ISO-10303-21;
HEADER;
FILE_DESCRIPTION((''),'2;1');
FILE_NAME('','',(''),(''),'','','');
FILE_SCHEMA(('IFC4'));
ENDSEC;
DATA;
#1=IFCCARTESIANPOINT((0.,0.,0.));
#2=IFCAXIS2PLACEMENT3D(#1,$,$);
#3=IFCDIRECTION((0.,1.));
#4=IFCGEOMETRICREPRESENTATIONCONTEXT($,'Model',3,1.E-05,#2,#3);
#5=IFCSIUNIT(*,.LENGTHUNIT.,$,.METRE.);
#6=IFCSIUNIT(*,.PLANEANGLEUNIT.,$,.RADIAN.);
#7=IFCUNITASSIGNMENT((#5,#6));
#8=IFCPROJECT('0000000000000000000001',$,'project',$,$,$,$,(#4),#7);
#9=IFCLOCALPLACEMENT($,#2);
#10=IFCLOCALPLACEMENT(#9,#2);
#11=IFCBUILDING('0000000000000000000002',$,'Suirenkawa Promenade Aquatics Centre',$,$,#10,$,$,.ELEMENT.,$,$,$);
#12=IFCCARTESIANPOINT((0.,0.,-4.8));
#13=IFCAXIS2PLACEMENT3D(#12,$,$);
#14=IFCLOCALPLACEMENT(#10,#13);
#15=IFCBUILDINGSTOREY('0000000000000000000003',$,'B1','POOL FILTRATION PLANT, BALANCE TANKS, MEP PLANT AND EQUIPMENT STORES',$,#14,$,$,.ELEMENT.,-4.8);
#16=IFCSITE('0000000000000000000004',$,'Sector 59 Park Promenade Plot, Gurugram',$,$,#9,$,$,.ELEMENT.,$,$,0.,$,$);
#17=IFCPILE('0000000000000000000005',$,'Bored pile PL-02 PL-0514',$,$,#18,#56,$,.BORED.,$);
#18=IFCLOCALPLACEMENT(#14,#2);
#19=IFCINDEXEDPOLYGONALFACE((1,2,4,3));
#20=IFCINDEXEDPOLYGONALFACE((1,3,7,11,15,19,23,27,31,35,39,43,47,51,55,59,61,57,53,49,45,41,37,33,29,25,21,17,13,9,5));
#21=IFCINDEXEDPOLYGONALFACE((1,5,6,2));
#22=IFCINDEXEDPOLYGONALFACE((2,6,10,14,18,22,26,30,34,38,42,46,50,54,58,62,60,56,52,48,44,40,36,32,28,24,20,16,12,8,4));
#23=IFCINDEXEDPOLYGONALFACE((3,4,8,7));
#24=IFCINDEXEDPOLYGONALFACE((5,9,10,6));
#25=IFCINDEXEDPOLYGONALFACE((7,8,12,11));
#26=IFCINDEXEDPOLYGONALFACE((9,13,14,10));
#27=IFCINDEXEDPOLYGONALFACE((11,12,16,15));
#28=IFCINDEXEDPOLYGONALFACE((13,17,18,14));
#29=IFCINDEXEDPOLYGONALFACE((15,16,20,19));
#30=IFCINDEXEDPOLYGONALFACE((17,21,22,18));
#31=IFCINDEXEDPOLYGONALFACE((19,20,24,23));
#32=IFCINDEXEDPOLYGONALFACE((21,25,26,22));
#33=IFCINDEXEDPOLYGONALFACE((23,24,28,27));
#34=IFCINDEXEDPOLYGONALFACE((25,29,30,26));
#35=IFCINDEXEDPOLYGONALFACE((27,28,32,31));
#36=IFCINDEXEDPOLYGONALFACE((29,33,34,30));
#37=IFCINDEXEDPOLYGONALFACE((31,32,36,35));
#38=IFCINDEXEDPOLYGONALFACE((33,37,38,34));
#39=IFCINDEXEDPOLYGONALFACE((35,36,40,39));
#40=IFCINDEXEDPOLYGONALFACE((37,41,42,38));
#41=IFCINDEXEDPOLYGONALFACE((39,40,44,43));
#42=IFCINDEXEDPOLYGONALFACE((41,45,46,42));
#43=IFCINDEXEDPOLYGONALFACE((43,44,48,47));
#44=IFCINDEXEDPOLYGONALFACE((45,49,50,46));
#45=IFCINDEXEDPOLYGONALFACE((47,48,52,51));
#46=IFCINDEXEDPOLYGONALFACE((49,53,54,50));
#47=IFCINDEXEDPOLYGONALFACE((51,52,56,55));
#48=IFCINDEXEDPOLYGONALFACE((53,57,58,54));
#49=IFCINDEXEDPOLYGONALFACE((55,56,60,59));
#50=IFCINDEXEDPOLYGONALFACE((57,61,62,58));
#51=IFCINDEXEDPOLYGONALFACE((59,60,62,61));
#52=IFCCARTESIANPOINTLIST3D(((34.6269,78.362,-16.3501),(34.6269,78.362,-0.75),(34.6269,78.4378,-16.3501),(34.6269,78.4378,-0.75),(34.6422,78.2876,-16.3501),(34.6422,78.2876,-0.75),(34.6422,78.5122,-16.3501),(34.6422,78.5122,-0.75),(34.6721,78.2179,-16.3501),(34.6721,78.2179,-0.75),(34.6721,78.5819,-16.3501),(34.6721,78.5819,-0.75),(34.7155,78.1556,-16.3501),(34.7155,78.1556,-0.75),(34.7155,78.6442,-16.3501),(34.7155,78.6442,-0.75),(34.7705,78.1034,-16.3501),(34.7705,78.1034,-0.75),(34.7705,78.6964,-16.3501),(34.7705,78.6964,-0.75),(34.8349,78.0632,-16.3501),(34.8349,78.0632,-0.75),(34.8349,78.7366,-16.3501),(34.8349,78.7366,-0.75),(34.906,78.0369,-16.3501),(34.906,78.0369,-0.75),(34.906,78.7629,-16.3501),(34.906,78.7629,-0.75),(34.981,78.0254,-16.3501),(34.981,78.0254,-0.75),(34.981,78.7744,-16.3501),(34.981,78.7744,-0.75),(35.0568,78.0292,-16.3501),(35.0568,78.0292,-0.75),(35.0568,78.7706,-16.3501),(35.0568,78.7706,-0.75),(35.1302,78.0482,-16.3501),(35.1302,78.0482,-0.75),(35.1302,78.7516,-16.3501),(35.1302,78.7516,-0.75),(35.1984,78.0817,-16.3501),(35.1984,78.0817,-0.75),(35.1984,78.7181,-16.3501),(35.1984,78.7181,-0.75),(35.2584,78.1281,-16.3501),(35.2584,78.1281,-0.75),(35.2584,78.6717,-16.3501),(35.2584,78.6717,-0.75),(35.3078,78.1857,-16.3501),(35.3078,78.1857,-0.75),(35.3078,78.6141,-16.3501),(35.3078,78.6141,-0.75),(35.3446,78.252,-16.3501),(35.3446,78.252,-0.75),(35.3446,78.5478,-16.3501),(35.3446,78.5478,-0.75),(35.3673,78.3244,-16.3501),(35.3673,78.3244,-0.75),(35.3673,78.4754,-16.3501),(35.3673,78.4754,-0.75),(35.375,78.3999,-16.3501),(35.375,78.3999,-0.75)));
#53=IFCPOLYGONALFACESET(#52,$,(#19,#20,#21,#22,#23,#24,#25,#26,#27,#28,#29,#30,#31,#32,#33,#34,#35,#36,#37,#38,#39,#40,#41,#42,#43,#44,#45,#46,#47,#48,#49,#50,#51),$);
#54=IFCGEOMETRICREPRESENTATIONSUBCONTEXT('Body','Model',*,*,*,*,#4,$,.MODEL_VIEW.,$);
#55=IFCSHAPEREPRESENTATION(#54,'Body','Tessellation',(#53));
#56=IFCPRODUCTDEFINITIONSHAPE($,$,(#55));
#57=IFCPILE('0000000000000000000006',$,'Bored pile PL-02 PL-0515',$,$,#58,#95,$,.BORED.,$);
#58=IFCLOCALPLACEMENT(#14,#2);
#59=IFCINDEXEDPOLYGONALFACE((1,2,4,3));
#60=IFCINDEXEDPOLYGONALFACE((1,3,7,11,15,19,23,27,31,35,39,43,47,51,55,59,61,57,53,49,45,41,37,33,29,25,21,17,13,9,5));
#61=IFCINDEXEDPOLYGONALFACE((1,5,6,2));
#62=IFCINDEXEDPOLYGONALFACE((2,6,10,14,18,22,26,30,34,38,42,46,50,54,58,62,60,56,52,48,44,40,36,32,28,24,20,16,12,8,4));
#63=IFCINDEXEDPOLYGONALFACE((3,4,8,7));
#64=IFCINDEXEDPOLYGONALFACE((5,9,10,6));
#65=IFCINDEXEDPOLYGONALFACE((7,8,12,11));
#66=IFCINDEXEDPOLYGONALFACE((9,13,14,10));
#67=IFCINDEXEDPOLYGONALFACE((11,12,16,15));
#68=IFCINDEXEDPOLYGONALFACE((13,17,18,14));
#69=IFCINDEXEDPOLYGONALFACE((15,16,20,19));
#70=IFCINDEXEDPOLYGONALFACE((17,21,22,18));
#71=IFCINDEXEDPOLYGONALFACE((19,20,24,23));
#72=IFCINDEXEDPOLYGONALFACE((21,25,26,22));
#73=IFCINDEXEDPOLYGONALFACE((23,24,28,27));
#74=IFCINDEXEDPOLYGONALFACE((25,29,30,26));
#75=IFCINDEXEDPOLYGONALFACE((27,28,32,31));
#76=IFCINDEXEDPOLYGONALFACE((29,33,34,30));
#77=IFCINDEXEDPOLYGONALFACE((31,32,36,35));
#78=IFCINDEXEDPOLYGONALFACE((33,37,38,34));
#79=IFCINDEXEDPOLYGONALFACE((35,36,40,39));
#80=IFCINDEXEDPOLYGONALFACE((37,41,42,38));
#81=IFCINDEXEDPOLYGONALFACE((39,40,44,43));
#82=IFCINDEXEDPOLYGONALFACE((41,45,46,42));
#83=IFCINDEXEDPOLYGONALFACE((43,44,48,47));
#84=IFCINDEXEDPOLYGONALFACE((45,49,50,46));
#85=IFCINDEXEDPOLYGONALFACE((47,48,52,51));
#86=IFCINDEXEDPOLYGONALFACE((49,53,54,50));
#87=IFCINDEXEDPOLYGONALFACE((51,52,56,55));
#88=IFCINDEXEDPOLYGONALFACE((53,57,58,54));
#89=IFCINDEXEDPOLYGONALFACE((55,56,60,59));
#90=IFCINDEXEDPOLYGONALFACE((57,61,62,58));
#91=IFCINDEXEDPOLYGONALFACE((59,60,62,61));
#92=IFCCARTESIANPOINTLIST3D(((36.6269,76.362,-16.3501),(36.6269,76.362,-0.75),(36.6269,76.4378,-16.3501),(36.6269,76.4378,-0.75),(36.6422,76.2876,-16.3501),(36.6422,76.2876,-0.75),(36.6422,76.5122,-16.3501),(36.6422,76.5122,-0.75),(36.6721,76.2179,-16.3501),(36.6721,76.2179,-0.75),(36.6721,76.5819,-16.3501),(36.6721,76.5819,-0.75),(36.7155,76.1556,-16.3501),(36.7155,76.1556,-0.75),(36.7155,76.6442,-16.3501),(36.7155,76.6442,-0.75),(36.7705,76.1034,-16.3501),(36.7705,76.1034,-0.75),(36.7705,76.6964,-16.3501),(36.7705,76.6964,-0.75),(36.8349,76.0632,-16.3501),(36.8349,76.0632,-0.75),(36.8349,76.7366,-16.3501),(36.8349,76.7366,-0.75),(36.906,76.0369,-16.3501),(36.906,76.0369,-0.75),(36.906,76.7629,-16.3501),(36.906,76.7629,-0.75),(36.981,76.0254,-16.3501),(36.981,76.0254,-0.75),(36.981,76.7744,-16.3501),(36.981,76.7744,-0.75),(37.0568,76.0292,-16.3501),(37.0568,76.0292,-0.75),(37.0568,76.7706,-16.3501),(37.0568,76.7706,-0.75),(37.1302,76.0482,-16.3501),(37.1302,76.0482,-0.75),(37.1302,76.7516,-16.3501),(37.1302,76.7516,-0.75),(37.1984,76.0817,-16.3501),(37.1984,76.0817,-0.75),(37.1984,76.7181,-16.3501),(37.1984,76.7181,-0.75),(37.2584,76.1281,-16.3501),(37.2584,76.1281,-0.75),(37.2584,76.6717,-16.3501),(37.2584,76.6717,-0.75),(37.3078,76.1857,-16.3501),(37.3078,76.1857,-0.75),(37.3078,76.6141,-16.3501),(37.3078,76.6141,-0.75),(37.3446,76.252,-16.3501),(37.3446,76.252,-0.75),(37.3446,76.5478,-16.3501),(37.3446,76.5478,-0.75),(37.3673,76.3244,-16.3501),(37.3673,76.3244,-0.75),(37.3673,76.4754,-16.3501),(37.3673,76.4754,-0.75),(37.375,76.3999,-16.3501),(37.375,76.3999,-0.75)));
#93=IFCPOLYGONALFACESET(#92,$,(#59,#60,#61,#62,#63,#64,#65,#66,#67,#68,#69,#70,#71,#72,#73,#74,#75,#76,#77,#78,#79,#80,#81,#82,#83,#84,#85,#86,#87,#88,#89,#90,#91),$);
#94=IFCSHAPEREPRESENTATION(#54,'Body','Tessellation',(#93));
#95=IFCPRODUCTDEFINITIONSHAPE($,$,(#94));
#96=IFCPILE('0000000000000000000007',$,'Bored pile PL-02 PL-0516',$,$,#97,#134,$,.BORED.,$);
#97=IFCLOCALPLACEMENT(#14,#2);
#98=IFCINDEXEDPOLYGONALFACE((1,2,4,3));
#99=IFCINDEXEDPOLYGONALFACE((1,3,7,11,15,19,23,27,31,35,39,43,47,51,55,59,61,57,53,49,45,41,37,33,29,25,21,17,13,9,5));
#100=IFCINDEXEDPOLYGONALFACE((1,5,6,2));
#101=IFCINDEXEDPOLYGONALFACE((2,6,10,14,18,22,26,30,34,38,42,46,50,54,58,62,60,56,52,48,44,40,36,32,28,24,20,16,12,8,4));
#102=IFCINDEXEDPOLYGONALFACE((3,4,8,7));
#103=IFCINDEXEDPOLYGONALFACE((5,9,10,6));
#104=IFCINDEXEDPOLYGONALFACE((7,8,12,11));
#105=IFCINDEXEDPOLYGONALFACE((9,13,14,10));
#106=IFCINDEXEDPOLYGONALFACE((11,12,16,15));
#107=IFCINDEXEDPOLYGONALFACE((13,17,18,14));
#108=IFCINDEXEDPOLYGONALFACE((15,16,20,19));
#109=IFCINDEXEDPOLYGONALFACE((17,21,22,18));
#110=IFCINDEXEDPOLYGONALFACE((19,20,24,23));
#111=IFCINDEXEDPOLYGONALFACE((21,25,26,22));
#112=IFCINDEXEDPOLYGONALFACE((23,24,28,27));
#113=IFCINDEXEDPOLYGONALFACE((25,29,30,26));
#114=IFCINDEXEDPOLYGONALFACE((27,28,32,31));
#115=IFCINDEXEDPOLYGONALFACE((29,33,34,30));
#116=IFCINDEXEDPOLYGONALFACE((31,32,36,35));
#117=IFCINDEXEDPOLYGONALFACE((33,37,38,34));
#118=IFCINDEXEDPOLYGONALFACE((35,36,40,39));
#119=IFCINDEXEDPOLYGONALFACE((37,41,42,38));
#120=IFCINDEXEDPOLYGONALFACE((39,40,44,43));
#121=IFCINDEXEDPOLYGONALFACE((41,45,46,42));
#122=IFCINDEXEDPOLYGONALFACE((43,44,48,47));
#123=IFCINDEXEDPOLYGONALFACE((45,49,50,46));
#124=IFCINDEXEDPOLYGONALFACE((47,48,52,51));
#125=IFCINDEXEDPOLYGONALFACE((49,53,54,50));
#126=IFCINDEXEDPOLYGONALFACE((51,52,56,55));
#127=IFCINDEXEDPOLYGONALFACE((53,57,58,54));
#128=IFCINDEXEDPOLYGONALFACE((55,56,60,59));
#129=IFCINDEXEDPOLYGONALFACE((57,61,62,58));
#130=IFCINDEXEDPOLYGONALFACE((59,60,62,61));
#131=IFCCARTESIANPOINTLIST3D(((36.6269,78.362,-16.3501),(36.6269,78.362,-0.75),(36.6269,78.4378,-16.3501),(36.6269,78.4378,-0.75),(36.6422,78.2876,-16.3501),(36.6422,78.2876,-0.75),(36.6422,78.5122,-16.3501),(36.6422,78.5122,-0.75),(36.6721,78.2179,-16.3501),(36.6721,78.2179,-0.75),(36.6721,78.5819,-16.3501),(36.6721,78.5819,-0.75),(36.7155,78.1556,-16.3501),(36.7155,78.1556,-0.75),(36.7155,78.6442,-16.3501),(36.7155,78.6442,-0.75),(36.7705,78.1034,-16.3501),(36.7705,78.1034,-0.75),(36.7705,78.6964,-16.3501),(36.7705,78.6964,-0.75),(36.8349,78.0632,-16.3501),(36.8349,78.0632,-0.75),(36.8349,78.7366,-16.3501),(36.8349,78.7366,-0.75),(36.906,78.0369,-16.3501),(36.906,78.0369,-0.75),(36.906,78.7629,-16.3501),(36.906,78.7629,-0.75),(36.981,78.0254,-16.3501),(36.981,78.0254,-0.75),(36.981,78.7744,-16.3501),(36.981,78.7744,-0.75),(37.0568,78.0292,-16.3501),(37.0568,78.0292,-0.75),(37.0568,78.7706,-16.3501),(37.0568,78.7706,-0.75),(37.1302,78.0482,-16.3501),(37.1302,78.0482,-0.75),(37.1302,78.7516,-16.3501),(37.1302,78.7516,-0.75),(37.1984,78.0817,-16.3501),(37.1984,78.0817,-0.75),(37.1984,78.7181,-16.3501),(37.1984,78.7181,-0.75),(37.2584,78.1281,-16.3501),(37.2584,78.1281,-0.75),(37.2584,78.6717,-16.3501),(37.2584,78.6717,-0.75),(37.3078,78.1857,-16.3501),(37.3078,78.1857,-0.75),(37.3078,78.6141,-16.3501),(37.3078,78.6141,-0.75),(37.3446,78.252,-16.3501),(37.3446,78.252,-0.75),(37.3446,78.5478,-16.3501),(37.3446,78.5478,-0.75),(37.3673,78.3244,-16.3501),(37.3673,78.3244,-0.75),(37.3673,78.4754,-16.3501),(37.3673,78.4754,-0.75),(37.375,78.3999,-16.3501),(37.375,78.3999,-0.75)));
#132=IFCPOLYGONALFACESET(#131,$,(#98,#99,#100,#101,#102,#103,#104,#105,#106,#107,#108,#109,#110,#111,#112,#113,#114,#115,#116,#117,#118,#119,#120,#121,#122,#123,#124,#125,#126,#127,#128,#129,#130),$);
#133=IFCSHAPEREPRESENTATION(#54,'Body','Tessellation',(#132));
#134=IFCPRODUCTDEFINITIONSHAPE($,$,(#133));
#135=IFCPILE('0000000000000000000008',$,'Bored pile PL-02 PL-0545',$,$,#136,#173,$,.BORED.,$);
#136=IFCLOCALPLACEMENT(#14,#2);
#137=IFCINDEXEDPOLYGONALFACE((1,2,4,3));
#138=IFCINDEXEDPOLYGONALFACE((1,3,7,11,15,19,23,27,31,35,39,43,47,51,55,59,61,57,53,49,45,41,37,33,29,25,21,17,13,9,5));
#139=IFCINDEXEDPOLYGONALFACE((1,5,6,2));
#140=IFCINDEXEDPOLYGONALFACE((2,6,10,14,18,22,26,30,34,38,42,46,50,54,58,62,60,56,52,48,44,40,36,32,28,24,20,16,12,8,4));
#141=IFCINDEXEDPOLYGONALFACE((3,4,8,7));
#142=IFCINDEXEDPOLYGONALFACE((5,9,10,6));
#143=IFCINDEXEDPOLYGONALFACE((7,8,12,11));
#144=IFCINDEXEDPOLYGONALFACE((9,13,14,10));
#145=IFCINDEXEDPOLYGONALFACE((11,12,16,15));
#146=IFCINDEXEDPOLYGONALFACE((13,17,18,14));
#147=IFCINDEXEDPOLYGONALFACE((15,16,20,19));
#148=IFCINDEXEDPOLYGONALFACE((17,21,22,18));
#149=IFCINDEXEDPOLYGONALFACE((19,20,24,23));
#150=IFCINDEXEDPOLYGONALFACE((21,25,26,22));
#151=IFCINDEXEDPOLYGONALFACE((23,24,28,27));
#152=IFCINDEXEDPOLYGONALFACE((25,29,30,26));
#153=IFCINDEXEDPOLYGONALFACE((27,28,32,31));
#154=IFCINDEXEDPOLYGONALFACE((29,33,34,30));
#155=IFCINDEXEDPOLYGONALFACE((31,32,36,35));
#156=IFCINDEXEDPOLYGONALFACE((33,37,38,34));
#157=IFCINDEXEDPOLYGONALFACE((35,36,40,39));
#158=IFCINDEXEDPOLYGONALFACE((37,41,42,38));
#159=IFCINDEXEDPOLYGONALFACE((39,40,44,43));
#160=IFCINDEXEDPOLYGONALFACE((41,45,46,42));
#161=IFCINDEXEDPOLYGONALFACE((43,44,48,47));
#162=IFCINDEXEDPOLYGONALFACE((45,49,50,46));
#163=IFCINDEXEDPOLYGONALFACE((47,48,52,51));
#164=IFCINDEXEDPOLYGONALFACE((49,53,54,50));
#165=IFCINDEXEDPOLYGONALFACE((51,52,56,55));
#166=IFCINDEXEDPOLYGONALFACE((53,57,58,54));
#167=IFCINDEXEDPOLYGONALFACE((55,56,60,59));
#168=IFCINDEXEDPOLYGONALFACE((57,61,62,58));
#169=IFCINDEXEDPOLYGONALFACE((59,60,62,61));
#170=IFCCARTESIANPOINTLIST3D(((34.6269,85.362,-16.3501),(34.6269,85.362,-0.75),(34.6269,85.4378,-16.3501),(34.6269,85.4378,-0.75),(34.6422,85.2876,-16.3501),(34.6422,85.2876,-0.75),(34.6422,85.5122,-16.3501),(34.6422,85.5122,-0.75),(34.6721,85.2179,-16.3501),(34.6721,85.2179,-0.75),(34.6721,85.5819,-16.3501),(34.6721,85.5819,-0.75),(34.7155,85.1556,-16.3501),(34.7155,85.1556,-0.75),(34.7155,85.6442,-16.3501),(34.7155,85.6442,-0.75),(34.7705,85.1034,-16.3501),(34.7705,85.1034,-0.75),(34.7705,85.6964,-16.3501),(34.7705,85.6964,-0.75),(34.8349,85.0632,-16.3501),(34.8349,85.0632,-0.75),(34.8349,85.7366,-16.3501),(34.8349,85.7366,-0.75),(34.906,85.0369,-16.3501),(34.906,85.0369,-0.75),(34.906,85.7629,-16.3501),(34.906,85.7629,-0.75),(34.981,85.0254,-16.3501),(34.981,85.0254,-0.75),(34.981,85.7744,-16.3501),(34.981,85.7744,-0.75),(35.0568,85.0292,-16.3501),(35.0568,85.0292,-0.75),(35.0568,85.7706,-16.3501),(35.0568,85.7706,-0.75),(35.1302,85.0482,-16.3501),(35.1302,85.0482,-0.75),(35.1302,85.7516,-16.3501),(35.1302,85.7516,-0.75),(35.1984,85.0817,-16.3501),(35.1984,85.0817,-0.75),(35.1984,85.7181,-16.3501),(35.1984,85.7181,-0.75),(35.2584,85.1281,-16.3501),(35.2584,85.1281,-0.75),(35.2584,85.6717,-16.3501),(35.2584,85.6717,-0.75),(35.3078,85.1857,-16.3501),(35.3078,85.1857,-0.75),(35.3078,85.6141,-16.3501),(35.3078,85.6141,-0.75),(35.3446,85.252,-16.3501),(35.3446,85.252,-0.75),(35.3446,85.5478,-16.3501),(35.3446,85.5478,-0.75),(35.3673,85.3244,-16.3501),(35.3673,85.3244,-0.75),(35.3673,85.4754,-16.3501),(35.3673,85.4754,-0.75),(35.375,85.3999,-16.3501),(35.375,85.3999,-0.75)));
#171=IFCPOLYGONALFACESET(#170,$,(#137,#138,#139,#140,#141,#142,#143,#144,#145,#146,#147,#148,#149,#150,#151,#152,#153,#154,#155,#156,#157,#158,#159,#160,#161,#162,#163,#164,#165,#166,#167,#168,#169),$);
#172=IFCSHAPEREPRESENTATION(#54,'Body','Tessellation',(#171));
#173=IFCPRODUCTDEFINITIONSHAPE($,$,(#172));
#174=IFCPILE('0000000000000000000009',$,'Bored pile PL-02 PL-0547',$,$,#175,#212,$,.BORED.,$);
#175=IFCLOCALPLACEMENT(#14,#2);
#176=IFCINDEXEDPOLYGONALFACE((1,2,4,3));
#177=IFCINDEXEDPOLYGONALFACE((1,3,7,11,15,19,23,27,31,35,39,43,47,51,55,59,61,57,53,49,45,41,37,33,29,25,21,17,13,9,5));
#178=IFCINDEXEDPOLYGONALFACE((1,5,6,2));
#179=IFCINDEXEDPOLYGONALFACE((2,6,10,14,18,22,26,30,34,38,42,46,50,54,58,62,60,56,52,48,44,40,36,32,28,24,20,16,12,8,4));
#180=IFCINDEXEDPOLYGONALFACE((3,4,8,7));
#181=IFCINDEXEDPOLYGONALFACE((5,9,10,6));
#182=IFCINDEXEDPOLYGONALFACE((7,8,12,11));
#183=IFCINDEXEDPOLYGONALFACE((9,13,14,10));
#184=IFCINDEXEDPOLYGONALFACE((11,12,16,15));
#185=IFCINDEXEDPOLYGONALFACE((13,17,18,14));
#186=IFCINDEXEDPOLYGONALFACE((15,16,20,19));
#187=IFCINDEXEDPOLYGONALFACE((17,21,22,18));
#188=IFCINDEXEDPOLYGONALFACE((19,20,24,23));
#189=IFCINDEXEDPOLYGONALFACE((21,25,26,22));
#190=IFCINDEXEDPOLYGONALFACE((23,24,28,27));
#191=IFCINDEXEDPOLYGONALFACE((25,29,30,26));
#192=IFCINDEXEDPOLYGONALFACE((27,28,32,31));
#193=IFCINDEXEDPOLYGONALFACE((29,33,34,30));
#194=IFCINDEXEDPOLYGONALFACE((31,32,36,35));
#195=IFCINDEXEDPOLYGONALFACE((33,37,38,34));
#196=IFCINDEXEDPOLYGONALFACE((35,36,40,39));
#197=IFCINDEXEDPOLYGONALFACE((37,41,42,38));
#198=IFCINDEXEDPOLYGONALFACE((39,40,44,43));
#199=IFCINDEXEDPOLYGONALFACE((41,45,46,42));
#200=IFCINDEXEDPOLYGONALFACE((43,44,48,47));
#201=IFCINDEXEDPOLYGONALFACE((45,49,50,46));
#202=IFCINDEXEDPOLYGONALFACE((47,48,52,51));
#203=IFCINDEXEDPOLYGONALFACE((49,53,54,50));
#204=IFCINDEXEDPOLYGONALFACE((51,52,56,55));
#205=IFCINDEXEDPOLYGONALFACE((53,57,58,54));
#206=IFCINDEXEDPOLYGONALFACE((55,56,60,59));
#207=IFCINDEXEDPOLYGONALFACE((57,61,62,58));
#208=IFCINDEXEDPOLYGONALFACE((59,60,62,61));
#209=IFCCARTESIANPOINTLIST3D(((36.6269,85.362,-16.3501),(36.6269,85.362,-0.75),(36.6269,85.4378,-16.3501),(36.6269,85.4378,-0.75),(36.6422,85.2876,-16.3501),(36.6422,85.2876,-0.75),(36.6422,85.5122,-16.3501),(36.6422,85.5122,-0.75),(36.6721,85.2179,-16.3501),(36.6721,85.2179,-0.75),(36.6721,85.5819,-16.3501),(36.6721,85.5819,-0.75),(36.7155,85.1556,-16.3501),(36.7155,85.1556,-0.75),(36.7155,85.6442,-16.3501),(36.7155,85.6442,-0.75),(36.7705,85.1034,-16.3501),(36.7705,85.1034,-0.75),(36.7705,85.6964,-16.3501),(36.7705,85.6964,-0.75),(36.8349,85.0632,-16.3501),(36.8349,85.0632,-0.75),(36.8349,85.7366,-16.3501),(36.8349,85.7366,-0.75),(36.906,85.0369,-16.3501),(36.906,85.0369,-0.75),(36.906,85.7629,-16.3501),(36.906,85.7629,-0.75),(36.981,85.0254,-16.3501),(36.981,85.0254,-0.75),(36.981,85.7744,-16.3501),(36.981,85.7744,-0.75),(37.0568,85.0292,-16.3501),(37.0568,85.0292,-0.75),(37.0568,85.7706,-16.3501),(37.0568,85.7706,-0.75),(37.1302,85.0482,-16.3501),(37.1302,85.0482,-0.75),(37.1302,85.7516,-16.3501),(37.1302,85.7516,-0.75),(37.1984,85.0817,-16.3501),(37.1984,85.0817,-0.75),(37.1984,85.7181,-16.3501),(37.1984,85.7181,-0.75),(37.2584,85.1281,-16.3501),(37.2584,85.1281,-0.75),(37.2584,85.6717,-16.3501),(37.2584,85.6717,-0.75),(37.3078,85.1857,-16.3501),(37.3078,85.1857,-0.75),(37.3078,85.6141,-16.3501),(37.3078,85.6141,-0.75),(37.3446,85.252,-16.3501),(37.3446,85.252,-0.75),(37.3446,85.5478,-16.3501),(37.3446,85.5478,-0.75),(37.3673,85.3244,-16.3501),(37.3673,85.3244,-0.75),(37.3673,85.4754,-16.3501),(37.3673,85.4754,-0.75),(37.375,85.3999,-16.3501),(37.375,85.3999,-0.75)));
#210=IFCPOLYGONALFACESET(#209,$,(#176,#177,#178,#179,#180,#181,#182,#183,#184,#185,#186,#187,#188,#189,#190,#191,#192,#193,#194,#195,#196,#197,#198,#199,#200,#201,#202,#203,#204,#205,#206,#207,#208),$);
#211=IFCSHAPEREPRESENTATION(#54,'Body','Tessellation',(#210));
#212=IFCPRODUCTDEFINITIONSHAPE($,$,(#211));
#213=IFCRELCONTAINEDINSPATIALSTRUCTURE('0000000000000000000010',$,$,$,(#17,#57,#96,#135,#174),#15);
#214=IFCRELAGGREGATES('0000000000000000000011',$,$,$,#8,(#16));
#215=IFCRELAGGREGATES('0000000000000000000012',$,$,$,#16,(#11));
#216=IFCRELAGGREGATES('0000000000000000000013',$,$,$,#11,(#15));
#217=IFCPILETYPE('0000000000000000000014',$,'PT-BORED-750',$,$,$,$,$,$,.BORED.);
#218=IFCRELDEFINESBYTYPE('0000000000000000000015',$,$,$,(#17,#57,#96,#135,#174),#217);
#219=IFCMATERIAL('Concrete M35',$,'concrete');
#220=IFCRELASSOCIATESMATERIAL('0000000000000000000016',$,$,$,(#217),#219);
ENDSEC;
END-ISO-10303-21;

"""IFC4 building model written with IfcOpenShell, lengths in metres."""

from ifc_helpers import new_model, si_unit, direction, frame, origin, origin_2d, place, context, subcontext, project, spatial, circle, extrude, material, material_profile, profile_set, type_object, element, save


model = new_model("IFC4")

# Units and contexts
model_context = context("Model", 3, precision=1e-05, world=origin(), true_north=direction((0.0, 1.0)))
body_context = subcontext(model_context, "Body", "Model", "MODEL_VIEW")
ifc_project = project(units=[si_unit("LENGTHUNIT", "METRE"), si_unit("PLANEANGLEUNIT", "RADIAN")], contexts=[model_context])

# Site, building, storey
site_placement = place(None, origin())
site = spatial("IfcSite", under=ifc_project, at=site_placement, Name="Sector 59 Park Promenade Plot, Gurugram", CompositionType="ELEMENT", RefElevation=0.0)
building_placement = place(site_placement, origin())
building = spatial("IfcBuilding", under=site, at=building_placement, Name="Suirenkawa Promenade Aquatics Centre", CompositionType="ELEMENT")
storey_placement = place(building_placement, frame((0.0, 0.0, -4.8)))
storey = spatial("IfcBuildingStorey", under=building, at=storey_placement, Name="B1", Description="POOL FILTRATION PLANT, BALANCE TANKS, MEP PLANT AND EQUIPMENT STORES", CompositionType="ELEMENT", Elevation=-4.8)

# Shared definitions
ifc_material_1 = material(Name="Concrete M35", Category="concrete")

# Piles
ifc_material_profile_1 = material_profile(ifc_material_1, circle(Radius=0.375, at=origin_2d()), Name="PILE D750", Category="concrete")
ifc_profile_set_1 = profile_set([ifc_material_profile_1], Name="Concrete M35")
pile_type_1 = type_object("IfcPileType", Name="PT-BORED-750", PredefinedType="BORED", material=ifc_profile_set_1)
for number, where, z_axis, x_axis, name in (
    (1, (35.0, 78.3999, -0.75), (0.0, 0.0, -1.0), (1.0, 0.0, 0.0), "Bored pile PL-02 PL-0514"),
    (2, (37.0, 76.3999, -0.75), (0.0, 0.0, -1.0), (1.0, 0.0, 0.0), "Bored pile PL-02 PL-0515"),
    (3, (37.0, 78.3999, -0.75), (0.0, 0.0, -1.0), (1.0, 0.0, 0.0), "Bored pile PL-02 PL-0516"),
    (4, (35.0, 85.3999, -0.75), (0.0, 0.0, -1.0), (1.0, 0.0, 0.0), "Bored pile PL-02 PL-0545"),
    (5, (37.0, 85.3999, -0.75), (0.0, 0.0, -1.0), (1.0, 0.0, 0.0), "Bored pile PL-02 PL-0547"),
):
    element("IfcPile", number, at=place(storey_placement, frame(where, z_axis=z_axis, x_axis=x_axis)), inside=storey, type_object=pile_type_1, Name=name, PredefinedType="BORED", context=body_context, shape_type="SweptSolid", body=[
        extrude(circle(Radius=0.375, at=origin_2d()), origin(), (0.0, 0.0, 1.0), 15.6001),
    ])

save(model, "model.ifc")
